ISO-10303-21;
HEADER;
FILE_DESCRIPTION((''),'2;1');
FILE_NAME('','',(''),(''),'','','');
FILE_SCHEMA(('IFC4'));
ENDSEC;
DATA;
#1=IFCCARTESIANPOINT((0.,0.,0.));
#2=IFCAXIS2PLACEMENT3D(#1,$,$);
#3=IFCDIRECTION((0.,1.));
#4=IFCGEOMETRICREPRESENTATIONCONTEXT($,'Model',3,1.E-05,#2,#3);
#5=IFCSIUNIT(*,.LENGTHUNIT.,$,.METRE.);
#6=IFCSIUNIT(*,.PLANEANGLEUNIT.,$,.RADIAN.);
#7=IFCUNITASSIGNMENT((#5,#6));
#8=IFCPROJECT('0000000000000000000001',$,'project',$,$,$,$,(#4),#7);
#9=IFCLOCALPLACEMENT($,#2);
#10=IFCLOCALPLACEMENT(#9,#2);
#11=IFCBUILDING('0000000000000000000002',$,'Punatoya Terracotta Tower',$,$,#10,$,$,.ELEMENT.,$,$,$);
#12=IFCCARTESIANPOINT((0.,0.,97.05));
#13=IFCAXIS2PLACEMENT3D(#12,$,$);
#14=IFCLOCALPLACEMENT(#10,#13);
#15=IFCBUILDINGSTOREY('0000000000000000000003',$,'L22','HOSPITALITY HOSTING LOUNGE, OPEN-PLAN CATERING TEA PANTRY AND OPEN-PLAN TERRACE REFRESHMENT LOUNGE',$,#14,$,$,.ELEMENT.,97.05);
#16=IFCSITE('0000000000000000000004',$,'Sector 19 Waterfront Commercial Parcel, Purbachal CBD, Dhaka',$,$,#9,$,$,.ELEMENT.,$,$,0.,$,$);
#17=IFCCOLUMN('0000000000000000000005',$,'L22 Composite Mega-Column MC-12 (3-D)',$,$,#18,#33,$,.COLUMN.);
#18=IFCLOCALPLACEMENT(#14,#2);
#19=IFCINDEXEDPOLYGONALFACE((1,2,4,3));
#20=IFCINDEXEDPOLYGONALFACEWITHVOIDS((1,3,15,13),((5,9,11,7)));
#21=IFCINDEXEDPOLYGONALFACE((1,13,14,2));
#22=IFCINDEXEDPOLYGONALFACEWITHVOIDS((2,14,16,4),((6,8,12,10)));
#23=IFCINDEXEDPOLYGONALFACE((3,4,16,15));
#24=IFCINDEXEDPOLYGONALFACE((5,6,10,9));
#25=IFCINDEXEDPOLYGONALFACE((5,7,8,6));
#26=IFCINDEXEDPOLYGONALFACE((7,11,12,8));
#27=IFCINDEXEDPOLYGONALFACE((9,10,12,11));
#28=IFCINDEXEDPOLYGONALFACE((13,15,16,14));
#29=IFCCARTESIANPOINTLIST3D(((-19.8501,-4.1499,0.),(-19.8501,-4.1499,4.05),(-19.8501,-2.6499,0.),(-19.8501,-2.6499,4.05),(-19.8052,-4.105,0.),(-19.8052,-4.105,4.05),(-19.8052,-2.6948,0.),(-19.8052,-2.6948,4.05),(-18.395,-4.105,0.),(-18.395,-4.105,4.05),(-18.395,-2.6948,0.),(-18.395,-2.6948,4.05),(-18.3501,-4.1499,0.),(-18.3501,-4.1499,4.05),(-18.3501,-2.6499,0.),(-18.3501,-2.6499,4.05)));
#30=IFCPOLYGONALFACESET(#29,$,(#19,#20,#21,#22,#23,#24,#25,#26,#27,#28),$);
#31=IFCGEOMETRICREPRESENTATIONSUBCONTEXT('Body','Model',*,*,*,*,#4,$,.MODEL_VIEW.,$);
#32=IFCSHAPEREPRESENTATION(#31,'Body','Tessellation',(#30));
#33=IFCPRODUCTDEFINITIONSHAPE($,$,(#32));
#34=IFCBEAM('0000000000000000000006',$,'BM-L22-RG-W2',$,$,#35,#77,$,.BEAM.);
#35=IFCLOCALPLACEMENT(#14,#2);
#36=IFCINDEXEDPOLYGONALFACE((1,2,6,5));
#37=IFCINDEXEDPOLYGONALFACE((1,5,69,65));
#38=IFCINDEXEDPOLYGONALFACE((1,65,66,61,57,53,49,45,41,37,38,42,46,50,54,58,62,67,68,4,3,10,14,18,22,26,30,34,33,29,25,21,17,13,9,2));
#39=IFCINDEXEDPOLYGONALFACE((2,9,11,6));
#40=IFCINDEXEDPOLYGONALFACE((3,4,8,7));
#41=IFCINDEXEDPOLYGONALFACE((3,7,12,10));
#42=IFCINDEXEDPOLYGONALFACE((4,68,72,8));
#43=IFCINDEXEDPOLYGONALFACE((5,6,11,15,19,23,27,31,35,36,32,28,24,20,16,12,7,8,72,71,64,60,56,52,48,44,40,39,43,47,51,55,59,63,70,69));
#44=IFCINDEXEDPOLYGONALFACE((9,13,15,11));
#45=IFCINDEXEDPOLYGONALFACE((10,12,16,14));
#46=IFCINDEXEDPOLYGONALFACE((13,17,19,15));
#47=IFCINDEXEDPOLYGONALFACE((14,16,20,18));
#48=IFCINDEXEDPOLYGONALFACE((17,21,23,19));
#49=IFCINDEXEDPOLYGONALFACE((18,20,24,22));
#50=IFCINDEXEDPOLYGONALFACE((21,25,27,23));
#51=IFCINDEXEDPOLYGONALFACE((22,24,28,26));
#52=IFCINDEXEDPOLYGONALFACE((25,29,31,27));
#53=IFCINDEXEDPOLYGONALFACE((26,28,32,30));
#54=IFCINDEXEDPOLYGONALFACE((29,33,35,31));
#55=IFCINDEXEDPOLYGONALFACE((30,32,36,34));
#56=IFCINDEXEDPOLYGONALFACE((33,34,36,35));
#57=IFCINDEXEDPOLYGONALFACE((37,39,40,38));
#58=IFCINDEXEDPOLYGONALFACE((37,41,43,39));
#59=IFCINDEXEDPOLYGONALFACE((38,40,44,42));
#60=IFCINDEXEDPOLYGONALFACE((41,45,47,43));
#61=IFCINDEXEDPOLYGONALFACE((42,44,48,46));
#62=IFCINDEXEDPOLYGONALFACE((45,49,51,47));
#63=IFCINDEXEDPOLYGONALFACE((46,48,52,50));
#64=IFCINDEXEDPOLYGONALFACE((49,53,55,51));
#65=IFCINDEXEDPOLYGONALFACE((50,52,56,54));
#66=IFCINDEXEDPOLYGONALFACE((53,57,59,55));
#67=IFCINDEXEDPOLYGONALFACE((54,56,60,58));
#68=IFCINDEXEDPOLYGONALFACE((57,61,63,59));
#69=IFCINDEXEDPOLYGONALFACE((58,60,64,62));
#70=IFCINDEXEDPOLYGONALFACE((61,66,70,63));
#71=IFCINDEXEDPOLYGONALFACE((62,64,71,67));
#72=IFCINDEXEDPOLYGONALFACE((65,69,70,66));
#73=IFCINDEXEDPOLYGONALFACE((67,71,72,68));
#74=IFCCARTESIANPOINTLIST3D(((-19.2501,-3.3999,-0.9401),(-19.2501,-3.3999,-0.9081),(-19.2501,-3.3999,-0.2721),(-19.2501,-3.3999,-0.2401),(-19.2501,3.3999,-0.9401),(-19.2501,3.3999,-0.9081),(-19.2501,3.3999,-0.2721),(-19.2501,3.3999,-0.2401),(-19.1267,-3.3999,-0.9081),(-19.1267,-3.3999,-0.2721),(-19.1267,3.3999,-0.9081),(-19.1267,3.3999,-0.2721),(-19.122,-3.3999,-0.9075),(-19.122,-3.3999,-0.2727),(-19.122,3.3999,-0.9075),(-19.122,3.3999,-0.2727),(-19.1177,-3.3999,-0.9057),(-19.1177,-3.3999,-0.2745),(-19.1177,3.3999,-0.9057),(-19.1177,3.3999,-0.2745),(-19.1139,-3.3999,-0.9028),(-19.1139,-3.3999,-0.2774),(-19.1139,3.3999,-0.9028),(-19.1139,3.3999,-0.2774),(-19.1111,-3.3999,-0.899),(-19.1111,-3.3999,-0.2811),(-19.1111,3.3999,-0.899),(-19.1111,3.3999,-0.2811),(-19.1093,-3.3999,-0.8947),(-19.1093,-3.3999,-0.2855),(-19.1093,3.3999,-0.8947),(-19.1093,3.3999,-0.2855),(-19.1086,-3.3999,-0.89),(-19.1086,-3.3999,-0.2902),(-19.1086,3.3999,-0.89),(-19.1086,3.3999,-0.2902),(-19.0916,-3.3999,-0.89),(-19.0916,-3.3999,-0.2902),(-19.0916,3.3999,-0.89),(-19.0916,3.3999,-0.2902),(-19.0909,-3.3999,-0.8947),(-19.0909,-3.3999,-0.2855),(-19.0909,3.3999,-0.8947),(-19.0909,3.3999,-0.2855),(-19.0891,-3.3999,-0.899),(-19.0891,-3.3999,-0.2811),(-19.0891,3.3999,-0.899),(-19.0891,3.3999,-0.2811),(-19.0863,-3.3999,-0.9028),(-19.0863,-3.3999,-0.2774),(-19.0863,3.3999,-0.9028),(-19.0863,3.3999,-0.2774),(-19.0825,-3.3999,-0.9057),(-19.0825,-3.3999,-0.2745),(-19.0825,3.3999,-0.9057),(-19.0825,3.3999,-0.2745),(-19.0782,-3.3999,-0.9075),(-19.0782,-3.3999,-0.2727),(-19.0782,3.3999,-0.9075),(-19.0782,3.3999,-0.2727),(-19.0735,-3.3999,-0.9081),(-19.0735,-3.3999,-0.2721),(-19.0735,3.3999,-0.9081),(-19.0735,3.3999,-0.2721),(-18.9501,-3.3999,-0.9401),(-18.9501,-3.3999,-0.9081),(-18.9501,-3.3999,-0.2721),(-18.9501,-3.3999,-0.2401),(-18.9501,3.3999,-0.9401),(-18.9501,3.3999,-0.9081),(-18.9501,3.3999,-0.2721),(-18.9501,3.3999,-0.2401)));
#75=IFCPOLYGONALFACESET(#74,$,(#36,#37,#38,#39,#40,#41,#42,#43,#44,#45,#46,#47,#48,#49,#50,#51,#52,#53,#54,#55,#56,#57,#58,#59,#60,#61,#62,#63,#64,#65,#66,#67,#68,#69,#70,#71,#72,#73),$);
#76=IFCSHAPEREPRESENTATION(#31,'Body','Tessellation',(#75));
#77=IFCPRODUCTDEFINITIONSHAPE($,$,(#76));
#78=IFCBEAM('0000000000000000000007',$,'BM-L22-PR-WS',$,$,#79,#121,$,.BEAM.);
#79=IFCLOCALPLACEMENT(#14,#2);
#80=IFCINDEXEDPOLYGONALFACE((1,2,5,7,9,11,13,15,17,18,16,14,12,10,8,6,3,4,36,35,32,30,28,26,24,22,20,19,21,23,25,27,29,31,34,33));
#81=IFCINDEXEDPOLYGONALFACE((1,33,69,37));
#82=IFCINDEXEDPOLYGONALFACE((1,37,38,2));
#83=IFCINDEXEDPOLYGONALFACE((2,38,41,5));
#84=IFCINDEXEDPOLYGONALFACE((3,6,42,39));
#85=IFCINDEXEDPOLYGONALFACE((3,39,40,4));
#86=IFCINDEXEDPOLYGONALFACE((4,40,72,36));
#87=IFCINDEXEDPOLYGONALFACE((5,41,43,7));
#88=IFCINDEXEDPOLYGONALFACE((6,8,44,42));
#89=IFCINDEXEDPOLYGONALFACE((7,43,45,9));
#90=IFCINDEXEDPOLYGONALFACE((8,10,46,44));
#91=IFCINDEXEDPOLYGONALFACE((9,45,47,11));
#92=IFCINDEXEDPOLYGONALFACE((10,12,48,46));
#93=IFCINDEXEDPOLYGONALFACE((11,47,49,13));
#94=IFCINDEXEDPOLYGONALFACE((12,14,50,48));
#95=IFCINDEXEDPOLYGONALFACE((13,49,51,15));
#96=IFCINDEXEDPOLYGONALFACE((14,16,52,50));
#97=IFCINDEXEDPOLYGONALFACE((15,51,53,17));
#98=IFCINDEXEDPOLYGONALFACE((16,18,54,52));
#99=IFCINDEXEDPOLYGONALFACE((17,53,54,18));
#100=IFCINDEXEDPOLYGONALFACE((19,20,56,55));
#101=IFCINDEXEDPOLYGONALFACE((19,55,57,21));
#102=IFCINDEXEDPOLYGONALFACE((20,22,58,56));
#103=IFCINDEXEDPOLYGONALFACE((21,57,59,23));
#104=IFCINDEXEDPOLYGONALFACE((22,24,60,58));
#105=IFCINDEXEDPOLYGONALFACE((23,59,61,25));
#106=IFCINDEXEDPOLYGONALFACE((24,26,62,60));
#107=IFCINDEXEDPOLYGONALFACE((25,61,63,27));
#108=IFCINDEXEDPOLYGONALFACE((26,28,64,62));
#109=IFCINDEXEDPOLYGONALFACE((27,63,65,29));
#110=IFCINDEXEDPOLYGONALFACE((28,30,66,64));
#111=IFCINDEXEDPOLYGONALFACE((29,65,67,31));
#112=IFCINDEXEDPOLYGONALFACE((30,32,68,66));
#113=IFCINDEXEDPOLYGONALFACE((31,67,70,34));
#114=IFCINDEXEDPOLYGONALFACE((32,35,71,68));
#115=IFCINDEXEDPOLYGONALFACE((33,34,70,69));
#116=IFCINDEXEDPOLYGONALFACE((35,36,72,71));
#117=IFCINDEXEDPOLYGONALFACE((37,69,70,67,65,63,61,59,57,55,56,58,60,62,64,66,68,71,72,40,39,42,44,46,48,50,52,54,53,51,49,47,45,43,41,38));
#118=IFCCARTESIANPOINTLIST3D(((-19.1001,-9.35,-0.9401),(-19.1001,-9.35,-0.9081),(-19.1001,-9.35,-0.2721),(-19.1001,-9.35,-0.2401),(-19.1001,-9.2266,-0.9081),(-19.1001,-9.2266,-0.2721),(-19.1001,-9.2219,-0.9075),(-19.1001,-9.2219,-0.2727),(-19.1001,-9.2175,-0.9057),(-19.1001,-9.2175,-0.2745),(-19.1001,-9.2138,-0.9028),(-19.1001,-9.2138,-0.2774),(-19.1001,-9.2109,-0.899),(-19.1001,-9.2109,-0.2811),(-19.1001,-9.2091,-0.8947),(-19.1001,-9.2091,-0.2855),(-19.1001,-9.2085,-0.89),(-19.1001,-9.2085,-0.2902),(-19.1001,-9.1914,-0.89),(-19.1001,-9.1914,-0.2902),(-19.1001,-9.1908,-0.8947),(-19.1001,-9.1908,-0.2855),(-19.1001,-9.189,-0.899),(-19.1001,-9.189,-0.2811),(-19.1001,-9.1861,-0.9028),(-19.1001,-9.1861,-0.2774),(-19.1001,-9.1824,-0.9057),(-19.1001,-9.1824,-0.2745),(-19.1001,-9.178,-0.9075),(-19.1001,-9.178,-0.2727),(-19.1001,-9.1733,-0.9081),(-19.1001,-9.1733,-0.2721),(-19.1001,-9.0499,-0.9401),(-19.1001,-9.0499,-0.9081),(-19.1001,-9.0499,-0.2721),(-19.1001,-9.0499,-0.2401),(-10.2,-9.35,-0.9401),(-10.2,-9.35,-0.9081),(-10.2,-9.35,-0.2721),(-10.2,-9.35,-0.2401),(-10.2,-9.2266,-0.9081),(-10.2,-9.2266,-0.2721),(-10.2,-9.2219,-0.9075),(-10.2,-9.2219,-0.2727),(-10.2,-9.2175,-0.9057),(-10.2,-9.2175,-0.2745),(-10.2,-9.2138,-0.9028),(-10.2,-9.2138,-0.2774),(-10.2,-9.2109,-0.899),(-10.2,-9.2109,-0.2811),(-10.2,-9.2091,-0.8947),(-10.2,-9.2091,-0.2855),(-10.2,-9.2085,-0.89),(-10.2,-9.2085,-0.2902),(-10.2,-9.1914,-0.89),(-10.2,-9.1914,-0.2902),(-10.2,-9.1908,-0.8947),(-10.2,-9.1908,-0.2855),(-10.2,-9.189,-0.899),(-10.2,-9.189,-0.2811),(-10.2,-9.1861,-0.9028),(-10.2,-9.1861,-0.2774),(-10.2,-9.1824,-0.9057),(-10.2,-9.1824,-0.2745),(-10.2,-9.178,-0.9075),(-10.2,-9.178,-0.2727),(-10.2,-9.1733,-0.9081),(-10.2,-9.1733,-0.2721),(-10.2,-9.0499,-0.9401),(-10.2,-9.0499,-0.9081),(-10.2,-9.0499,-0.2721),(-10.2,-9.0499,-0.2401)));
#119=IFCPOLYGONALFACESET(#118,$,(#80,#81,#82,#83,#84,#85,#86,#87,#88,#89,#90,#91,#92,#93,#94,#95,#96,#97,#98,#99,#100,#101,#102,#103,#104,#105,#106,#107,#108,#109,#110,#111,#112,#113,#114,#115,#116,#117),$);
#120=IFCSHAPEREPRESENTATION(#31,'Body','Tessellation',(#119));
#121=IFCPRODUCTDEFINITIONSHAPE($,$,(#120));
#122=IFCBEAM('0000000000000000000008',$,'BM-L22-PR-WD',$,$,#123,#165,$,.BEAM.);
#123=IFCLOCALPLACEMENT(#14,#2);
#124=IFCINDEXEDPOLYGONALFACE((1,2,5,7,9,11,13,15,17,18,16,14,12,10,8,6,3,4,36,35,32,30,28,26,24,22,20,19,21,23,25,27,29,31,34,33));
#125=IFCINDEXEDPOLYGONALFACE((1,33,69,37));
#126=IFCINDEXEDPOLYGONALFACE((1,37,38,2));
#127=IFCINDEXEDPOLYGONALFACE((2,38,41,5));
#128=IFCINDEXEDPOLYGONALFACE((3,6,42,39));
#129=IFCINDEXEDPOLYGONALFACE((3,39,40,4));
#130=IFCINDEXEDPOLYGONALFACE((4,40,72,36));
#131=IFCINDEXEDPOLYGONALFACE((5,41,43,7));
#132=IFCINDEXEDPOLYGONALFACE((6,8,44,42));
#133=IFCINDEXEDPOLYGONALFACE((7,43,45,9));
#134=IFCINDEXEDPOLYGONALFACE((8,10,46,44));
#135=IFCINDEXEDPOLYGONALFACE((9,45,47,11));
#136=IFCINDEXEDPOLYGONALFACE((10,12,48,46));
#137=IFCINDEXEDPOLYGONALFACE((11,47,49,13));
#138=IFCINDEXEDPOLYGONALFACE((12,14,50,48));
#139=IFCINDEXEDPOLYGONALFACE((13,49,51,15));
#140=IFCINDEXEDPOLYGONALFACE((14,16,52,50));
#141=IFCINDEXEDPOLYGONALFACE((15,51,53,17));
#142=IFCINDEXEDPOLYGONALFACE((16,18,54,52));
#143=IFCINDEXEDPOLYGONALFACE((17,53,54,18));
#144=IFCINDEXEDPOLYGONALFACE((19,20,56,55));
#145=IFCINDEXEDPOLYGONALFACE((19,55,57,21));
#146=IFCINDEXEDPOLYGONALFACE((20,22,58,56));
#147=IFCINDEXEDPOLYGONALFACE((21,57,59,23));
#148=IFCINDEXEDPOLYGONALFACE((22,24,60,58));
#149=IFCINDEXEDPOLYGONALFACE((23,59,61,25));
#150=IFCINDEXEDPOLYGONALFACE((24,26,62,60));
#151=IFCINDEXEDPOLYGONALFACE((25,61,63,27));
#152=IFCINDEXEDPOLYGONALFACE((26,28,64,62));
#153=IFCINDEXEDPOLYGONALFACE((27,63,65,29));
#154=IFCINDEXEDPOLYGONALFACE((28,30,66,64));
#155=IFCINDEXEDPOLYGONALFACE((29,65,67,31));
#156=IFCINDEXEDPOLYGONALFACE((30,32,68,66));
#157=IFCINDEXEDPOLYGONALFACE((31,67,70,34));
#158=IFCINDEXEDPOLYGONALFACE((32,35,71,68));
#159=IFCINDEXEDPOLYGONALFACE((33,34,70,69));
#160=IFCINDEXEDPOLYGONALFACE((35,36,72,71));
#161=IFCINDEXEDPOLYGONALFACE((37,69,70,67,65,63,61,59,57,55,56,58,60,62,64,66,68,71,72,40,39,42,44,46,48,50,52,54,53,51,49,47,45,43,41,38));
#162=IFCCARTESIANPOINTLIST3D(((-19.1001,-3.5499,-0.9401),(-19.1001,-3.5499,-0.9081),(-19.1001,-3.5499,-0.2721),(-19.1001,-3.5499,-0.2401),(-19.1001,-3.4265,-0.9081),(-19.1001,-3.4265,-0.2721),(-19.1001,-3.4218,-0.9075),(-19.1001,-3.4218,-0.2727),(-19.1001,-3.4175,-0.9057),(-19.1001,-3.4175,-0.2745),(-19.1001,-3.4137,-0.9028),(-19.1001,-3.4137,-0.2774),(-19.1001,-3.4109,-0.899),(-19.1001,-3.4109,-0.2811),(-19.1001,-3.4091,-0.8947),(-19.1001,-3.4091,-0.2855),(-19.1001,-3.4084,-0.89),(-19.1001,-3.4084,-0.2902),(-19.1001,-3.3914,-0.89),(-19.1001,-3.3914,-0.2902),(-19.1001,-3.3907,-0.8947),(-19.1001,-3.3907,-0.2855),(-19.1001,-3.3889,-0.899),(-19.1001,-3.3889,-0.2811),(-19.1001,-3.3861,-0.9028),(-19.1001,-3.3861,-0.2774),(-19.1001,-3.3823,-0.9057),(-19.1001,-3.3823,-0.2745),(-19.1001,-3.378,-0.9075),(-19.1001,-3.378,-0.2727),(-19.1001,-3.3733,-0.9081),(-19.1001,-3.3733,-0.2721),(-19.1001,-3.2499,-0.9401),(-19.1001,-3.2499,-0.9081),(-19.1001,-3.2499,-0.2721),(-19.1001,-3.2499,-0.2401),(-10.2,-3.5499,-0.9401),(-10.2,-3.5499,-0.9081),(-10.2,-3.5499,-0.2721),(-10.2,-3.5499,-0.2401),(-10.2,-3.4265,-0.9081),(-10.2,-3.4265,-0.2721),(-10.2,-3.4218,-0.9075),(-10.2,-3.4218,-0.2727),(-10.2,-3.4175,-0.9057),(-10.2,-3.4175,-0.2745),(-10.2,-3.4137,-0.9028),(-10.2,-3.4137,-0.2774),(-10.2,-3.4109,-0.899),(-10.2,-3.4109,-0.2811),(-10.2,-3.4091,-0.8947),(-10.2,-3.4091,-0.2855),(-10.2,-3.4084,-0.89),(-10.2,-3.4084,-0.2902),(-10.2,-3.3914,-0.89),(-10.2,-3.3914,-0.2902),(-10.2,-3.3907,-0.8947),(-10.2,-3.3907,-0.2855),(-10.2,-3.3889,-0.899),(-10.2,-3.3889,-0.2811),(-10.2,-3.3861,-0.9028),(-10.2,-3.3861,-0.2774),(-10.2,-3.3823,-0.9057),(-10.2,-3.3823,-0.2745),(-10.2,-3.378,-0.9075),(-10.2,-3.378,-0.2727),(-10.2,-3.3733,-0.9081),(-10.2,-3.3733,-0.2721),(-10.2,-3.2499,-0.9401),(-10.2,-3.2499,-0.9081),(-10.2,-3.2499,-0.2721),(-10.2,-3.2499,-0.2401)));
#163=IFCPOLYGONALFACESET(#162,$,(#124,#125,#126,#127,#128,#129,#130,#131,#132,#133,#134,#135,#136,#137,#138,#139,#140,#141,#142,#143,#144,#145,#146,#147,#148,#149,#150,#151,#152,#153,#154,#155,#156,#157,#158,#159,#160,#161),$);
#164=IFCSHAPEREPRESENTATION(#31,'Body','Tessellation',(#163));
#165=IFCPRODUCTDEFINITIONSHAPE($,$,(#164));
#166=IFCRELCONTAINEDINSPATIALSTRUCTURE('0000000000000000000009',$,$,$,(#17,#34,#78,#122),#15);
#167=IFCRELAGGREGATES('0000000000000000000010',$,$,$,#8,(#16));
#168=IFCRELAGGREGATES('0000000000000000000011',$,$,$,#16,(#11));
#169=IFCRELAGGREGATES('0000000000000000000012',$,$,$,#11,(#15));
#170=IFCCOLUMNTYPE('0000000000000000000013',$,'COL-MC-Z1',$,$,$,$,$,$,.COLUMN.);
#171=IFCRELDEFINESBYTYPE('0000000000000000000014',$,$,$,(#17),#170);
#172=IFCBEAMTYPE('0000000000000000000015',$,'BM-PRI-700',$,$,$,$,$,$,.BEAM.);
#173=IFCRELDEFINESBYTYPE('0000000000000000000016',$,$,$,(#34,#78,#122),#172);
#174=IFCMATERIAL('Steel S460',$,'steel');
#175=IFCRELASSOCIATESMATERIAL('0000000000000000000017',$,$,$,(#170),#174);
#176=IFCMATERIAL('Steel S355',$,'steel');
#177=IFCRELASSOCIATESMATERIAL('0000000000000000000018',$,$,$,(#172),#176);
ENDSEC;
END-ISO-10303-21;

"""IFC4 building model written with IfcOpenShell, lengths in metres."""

from ifc_helpers import new_model, si_unit, direction, frame, origin, origin_2d, place, context, subcontext, project, spatial, hollow_rectangle, i_section, extrude, material, material_profile, profile_set, type_object, element, save


model = new_model("IFC4")

# Units and contexts
model_context = context("Model", 3, precision=1e-05, world=origin(), true_north=direction((0.0, 1.0)))
body_context = subcontext(model_context, "Body", "Model", "MODEL_VIEW")
ifc_project = project(units=[si_unit("LENGTHUNIT", "METRE"), si_unit("PLANEANGLEUNIT", "RADIAN")], contexts=[model_context])

# Site, building, storey
site_placement = place(None, origin())
site = spatial("IfcSite", under=ifc_project, at=site_placement, Name="Sector 19 Waterfront Commercial Parcel, Purbachal CBD, Dhaka", CompositionType="ELEMENT", RefElevation=0.0)
building_placement = place(site_placement, origin())
building = spatial("IfcBuilding", under=site, at=building_placement, Name="Punatoya Terracotta Tower", CompositionType="ELEMENT")
storey_placement = place(building_placement, frame((0.0, 0.0, 97.05)))
storey = spatial("IfcBuildingStorey", under=building, at=storey_placement, Name="L22", Description="HOSPITALITY HOSTING LOUNGE, OPEN-PLAN CATERING TEA PANTRY AND OPEN-PLAN TERRACE REFRESHMENT LOUNGE", CompositionType="ELEMENT", Elevation=97.05)

# Column
ifc_material_1 = material(Name="Steel S460", Category="steel")
ifc_material_profile_1 = material_profile(ifc_material_1, hollow_rectangle(XDim=1.5, YDim=1.5, WallThickness=0.0449, at=origin_2d()))
ifc_profile_set_1 = profile_set([ifc_material_profile_1], Name="Steel S460")
column_type = type_object("IfcColumnType", Name="COL-MC-Z1", PredefinedType="COLUMN", material=ifc_profile_set_1)
column_placement = place(storey_placement, frame((-19.1001, -3.3999, 0.0), z_axis=(0.0, 0.0, 1.0), x_axis=(1.0, 0.0, 0.0)))
element("IfcColumn", 1, at=column_placement, inside=storey, type_object=column_type, Name="L22 Composite Mega-Column MC-12 (3-D)", PredefinedType="COLUMN", context=body_context, shape_type="SweptSolid", body=[
    extrude(hollow_rectangle(XDim=1.5, YDim=1.5, WallThickness=0.0449, at=origin_2d()), origin(), (0.0, 0.0, 1.0), 4.05),
])

# Beams
ifc_material_2 = material(Name="Steel S355", Category="steel")
ifc_material_profile_2 = material_profile(ifc_material_2, i_section(OverallWidth=0.3, OverallDepth=0.7, WebThickness=0.0171, FlangeThickness=0.032, FilletRadius=0.0181, at=origin_2d()))
ifc_profile_set_2 = profile_set([ifc_material_profile_2], Name="Steel S355")
beam_type_1 = type_object("IfcBeamType", Name="BM-PRI-700", PredefinedType="BEAM", material=ifc_profile_set_2)
beam_1_placement = place(storey_placement, frame((-19.1001, -3.3999, -0.5901), z_axis=(0.0, 1.0, 0.0), x_axis=(-1.0, 0.0, 0.0)))
element("IfcBeam", 2, at=beam_1_placement, inside=storey, type_object=beam_type_1, Name="BM-L22-RG-W2", PredefinedType="BEAM", context=body_context, shape_type="SweptSolid", body=[
    extrude(i_section(OverallWidth=0.3, OverallDepth=0.7, WebThickness=0.0171, FlangeThickness=0.032, FilletRadius=0.0181, at=origin_2d()), origin(), (0.0, 0.0, 1.0), 6.7998),
])
for number, where, z_axis, x_axis, name in (
    (3, (-19.1001, -9.2, -0.5901), (1.0, 0.0, 0.0), (0.0, 1.0, 0.0), "BM-L22-PR-WS"),
    (4, (-19.1001, -3.3999, -0.5901), (1.0, 0.0, 0.0), (0.0, 1.0, 0.0), "BM-L22-PR-WD"),
):
    element("IfcBeam", number, at=place(storey_placement, frame(where, z_axis=z_axis, x_axis=x_axis)), inside=storey, type_object=beam_type_1, Name=name, PredefinedType="BEAM", context=body_context, shape_type="SweptSolid", body=[
        extrude(i_section(OverallWidth=0.3, OverallDepth=0.7, WebThickness=0.0171, FlangeThickness=0.032, FilletRadius=0.0181, at=origin_2d()), origin(), (0.0, 0.0, 1.0), 8.9001),
    ])

save(model, "model.ifc")
